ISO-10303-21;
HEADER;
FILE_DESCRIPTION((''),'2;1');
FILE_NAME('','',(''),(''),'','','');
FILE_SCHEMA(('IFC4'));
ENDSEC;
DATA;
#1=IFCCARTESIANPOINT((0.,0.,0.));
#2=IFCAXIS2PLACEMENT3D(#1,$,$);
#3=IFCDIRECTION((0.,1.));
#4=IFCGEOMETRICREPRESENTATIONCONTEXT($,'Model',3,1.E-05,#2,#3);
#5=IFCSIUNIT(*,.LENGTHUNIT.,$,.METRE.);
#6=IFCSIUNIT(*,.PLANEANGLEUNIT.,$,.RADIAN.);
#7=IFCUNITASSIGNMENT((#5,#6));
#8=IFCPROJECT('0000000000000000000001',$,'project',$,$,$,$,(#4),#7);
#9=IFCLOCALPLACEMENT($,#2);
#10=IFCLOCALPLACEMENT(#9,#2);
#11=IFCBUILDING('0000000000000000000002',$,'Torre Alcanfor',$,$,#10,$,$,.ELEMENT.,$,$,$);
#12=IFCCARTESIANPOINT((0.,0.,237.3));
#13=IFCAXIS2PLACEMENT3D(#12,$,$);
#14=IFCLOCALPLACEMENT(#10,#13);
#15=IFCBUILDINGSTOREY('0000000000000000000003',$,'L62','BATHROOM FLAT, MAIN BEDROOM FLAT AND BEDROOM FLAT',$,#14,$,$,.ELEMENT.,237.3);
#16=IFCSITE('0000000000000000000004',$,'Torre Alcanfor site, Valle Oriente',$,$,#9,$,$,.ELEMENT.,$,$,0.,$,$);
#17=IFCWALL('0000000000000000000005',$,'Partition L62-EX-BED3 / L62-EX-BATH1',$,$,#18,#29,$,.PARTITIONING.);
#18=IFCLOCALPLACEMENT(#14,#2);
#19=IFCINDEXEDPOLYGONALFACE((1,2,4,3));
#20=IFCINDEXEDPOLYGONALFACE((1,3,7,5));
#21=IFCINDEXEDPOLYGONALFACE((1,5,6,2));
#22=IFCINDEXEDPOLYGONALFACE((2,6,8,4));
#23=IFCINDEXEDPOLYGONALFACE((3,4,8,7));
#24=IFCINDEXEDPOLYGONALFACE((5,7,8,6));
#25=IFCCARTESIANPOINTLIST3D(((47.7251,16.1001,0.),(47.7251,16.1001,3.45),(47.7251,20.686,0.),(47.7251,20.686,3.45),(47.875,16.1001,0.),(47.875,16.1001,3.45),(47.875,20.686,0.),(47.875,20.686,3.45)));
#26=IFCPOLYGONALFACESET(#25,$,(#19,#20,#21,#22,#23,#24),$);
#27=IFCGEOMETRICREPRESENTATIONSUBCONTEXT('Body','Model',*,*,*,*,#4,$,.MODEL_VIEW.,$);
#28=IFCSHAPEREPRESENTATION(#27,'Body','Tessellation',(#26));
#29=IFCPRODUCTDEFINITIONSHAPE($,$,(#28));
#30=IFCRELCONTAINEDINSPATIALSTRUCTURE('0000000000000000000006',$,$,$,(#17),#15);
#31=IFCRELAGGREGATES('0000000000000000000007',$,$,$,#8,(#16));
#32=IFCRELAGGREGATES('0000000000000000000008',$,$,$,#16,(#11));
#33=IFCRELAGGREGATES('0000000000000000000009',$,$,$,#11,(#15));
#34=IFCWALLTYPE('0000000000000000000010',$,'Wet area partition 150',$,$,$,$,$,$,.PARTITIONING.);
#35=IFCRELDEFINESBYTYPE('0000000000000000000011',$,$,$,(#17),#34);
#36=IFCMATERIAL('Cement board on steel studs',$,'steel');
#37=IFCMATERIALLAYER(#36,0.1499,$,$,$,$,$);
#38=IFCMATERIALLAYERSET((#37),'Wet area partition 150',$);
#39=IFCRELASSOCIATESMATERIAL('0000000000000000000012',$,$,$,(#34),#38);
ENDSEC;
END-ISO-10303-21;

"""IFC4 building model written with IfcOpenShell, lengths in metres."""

from ifc_helpers import new_model, si_unit, direction, frame, frame_2d, origin, place, context, subcontext, project, spatial, rectangle, extrude, material, layer, layer_set, type_object, element, save


model = new_model("IFC4")

# Units and contexts
model_context = context("Model", 3, precision=1e-05, world=origin(), true_north=direction((0.0, 1.0)))
body_context = subcontext(model_context, "Body", "Model", "MODEL_VIEW")
ifc_project = project(units=[si_unit("LENGTHUNIT", "METRE"), si_unit("PLANEANGLEUNIT", "RADIAN")], contexts=[model_context])

# Site, building, storey
site_placement = place(None, origin())
site = spatial("IfcSite", under=ifc_project, at=site_placement, Name="Torre Alcanfor site, Valle Oriente", CompositionType="ELEMENT", RefElevation=0.0)
building_placement = place(site_placement, origin())
building = spatial("IfcBuilding", under=site, at=building_placement, Name="Torre Alcanfor", CompositionType="ELEMENT")
storey_placement = place(building_placement, frame((0.0, 0.0, 237.3)))
storey = spatial("IfcBuildingStorey", under=building, at=storey_placement, Name="L62", Description="BATHROOM FLAT, MAIN BEDROOM FLAT AND BEDROOM FLAT", CompositionType="ELEMENT", Elevation=237.3)

# Wall
ifc_material_1 = material(Name="Cement board on steel studs", Category="steel")
ifc_layer_1 = layer(ifc_material_1, 0.1499)
ifc_layer_set_1 = layer_set([ifc_layer_1], Name="Wet area partition 150")
wall_type_1 = type_object("IfcWallType", Name="Wet area partition 150", PredefinedType="PARTITIONING", material=ifc_layer_set_1)
wall_1_placement = place(storey_placement, frame((47.8, 16.1001, 0.0), z_axis=(0.0, 0.0, 1.0), x_axis=(0.0, 1.0, 0.0)))
element("IfcWall", 1, at=wall_1_placement, inside=storey, type_object=wall_type_1, Name="Partition L62-EX-BED3 / L62-EX-BATH1", PredefinedType="PARTITIONING", context=body_context, shape_type="SweptSolid", body=[
    extrude(rectangle(XDim=4.5859, YDim=0.1499, at=frame_2d((2.293, 0.0))), origin(), (0.0, 0.0, 1.0), 3.45),
])

save(model, "model.ifc")
